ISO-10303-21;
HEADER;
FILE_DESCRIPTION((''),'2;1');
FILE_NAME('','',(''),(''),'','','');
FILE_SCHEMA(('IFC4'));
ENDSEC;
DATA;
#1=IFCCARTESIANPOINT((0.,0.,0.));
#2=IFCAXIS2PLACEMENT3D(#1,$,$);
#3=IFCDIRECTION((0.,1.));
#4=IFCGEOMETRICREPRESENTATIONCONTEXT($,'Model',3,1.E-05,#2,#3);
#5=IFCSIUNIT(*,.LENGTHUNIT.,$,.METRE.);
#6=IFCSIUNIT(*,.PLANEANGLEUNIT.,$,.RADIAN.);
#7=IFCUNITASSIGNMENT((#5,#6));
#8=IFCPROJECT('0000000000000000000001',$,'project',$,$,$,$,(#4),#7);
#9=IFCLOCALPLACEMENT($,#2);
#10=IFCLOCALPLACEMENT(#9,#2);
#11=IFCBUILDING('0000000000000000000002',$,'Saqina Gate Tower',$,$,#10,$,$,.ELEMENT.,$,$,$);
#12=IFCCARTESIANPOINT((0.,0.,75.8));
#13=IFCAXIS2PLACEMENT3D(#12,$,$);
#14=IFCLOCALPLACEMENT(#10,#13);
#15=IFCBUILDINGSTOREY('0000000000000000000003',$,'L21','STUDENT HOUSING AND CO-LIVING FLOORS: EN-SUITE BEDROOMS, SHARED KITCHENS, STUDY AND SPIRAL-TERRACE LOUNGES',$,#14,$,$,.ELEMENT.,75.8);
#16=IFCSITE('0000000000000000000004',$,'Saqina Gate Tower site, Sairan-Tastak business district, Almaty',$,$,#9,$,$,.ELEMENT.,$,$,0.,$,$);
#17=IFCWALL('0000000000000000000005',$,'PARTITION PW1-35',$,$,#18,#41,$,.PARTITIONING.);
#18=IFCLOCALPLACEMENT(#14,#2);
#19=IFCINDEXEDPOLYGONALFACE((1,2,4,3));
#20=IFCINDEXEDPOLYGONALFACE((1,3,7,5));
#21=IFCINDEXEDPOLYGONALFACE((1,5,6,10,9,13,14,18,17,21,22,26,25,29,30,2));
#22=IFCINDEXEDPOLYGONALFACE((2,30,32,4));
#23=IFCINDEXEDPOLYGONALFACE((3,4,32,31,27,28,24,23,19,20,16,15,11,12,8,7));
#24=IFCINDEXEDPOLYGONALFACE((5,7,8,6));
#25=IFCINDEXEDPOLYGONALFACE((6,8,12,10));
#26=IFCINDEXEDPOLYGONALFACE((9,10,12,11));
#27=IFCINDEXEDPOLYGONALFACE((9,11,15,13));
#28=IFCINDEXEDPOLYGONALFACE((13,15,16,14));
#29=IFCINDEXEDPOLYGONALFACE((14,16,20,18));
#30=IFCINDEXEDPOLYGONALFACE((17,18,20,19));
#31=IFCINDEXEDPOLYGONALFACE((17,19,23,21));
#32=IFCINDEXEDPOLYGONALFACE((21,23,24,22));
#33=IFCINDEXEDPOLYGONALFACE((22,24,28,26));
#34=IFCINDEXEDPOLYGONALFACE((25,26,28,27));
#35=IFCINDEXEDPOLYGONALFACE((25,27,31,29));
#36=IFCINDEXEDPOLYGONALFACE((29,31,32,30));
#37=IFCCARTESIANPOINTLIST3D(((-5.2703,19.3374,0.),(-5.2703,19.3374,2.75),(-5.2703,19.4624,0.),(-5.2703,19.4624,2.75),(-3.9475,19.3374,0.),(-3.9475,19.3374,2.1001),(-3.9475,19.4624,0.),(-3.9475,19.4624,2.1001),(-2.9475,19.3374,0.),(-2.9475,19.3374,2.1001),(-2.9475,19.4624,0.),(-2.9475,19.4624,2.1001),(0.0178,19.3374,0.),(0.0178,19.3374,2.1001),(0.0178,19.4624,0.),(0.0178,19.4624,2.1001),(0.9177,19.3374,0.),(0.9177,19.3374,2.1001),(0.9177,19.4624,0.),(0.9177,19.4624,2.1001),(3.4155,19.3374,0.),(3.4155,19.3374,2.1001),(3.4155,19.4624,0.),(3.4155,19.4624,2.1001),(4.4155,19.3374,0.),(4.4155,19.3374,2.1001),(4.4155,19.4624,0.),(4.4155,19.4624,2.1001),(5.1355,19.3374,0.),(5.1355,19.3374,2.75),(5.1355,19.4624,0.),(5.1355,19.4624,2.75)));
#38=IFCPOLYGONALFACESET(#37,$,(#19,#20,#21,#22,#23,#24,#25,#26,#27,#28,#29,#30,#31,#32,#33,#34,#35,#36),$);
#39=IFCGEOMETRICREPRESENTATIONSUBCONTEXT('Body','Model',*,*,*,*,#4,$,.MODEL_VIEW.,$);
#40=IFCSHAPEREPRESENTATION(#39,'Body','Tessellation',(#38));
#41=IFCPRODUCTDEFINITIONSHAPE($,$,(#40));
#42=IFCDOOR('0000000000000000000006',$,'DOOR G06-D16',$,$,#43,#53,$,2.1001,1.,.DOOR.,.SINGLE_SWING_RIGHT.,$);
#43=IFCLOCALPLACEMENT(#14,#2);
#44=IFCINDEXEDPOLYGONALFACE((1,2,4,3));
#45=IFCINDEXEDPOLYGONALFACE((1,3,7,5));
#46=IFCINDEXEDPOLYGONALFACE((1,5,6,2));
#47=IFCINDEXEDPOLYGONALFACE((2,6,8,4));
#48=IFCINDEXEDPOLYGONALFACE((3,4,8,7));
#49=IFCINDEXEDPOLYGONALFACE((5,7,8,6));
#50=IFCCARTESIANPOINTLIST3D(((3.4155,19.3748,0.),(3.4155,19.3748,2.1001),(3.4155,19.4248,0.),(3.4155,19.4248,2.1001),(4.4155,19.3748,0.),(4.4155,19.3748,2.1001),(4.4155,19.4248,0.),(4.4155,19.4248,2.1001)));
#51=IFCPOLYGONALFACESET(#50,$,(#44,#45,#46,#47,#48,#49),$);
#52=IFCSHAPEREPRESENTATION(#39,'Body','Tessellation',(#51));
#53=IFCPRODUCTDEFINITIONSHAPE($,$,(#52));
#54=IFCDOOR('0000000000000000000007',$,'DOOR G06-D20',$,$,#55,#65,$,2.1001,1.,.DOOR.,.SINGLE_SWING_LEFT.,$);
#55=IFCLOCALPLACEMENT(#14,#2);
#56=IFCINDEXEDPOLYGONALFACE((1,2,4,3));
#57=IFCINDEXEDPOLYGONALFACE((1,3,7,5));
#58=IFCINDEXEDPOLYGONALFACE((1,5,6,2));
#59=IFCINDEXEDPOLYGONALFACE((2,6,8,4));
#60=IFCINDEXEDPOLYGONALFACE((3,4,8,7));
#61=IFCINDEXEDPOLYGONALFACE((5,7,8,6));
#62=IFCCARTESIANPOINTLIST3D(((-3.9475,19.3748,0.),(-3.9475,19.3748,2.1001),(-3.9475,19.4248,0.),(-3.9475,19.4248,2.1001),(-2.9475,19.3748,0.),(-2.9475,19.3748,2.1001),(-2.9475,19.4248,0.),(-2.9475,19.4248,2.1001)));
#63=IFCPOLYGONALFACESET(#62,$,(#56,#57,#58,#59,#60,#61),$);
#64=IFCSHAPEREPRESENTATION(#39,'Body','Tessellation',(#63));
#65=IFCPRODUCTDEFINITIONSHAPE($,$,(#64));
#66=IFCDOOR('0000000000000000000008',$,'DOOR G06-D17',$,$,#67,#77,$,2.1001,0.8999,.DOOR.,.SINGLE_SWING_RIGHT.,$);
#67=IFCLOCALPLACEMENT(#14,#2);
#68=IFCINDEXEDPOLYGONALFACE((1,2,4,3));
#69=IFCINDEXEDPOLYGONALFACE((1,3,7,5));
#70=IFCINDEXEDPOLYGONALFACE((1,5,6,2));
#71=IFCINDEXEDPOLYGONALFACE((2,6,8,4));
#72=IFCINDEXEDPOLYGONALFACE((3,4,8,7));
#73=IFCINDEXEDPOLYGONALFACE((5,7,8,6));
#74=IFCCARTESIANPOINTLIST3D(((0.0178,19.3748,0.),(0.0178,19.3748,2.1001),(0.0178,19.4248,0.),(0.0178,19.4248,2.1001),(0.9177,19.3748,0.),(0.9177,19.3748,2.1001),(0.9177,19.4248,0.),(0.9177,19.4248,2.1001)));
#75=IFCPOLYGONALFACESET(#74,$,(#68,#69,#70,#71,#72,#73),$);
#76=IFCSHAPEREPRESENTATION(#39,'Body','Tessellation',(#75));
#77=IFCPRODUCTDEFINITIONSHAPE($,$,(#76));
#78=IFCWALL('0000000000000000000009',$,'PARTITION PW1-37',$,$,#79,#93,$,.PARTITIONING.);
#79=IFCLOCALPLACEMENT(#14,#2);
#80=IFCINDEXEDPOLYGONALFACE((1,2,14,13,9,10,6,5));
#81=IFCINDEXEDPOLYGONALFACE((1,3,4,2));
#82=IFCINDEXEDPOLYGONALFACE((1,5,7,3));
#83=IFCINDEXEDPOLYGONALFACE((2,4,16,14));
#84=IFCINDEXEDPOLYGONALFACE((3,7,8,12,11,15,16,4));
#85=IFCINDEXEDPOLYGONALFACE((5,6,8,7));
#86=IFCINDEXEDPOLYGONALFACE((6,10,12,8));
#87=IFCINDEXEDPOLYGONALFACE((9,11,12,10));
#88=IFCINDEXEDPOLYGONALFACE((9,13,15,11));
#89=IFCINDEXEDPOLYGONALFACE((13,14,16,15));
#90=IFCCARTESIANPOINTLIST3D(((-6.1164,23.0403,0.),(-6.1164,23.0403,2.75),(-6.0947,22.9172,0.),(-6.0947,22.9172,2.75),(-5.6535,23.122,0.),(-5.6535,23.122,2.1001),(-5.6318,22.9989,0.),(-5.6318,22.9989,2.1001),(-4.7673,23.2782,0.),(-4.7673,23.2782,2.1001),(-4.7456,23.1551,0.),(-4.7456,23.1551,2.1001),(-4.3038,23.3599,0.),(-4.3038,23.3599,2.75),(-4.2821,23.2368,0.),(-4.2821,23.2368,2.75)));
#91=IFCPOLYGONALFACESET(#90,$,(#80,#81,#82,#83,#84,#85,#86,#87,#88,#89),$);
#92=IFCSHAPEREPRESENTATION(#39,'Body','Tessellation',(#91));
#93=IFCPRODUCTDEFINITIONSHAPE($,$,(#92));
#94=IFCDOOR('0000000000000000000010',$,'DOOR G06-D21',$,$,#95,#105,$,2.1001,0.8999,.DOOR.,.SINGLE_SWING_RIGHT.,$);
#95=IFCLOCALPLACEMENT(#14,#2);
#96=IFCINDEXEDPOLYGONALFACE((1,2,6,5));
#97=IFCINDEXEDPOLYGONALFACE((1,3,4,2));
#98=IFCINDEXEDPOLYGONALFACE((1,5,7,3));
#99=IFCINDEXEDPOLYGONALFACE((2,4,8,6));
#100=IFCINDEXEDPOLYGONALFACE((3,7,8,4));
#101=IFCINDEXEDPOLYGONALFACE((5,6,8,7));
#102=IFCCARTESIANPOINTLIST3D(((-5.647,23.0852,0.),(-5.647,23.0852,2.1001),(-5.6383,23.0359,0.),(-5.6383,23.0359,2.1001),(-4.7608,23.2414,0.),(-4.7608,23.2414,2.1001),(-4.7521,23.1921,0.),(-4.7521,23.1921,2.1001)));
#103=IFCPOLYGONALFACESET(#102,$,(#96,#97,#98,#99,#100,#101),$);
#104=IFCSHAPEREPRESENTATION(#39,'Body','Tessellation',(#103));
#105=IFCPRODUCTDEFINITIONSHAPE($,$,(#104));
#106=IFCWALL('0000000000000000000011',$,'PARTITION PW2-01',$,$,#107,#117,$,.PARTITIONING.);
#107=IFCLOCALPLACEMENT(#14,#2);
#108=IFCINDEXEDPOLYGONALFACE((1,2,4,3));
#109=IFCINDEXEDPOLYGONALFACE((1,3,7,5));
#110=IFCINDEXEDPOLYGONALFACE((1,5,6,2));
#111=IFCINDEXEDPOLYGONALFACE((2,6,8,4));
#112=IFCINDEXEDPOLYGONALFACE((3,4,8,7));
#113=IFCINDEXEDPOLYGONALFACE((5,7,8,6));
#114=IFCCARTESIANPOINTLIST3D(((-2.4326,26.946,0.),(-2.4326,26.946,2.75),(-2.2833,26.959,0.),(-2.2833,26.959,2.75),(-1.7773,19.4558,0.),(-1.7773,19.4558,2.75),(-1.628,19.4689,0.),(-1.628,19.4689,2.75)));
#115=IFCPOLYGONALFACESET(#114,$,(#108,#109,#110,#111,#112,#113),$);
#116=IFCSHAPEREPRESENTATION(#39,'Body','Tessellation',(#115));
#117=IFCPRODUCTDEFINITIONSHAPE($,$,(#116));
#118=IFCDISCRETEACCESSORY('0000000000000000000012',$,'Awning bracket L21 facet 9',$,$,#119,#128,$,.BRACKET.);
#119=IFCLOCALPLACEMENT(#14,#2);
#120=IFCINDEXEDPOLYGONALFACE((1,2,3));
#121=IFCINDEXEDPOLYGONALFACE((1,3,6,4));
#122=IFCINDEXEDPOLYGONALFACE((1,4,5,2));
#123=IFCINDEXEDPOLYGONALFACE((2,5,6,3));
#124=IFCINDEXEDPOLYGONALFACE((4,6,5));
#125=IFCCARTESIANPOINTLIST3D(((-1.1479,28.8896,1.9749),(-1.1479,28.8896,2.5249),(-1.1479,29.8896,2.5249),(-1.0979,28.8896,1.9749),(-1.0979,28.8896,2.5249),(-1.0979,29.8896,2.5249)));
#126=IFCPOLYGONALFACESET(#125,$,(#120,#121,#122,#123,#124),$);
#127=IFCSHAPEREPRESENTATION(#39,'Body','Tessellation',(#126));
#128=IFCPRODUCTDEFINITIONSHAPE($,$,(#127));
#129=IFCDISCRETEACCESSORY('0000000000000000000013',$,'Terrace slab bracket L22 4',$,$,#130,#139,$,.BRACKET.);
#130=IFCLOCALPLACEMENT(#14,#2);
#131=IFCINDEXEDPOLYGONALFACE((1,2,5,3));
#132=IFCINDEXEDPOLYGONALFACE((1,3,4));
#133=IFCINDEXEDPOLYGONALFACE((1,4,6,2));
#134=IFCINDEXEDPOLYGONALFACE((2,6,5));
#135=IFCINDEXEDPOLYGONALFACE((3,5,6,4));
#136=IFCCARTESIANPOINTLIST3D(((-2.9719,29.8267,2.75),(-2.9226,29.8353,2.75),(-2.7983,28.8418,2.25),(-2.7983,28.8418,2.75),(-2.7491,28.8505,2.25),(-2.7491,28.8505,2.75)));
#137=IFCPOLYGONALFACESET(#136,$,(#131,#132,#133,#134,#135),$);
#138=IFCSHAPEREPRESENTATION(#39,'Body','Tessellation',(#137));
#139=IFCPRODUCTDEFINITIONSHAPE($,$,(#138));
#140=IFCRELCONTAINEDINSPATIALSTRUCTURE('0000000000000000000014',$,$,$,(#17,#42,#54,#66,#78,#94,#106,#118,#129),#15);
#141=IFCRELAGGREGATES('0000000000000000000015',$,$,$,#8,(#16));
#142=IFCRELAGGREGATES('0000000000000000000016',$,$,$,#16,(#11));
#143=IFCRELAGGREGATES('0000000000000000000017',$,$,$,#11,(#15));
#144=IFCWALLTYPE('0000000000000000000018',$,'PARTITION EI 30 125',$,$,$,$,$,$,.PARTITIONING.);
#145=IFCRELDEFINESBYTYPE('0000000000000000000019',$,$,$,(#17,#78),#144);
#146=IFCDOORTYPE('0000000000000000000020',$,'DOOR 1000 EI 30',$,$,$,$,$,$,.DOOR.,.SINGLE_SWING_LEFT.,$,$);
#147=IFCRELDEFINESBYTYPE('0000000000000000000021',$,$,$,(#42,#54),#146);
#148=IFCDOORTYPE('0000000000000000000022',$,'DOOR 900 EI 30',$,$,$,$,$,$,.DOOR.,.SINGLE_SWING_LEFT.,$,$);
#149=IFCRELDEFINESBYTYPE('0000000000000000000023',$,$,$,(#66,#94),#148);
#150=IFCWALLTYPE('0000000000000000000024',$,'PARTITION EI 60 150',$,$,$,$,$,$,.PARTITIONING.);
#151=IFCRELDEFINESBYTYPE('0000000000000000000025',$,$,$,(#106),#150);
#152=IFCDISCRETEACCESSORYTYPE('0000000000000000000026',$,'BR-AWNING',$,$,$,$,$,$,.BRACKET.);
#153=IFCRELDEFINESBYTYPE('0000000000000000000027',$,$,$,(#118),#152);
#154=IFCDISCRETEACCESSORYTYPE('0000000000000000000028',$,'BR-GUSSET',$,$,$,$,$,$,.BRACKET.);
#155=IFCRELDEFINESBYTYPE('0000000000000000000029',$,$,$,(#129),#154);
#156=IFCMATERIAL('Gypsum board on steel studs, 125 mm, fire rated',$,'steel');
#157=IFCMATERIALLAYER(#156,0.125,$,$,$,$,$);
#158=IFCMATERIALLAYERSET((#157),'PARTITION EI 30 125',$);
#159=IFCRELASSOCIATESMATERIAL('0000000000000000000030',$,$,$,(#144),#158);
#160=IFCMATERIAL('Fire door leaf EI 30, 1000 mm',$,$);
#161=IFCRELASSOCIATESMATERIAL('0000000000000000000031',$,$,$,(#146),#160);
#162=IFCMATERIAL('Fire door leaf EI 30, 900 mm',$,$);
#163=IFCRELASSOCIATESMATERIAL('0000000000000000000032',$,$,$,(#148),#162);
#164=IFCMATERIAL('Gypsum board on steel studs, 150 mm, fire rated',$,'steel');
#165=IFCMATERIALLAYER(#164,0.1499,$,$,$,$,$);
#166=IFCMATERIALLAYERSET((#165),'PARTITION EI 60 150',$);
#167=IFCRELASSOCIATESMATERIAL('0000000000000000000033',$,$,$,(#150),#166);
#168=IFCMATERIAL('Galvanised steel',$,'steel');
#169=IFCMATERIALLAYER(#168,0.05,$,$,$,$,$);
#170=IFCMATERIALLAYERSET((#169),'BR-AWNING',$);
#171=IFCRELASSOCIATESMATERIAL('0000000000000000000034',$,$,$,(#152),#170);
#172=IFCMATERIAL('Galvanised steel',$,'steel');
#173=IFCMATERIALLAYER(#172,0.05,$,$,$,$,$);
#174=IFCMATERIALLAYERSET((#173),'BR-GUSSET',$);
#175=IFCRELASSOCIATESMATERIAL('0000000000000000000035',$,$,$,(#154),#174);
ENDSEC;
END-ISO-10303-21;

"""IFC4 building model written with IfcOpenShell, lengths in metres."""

from ifc_helpers import new_model, si_unit, direction, frame, frame_2d, origin, place, context, subcontext, project, spatial, polyline, rectangle, outline, extrude, material, layer, layer_set, type_object, element, fill, save


model = new_model("IFC4")

# Units and contexts
model_context = context("Model", 3, precision=1e-05, world=origin(), true_north=direction((0.0, 1.0)))
body_context = subcontext(model_context, "Body", "Model", "MODEL_VIEW")
ifc_project = project(units=[si_unit("LENGTHUNIT", "METRE"), si_unit("PLANEANGLEUNIT", "RADIAN")], contexts=[model_context])

# Site, building, storey
site_placement = place(None, origin())
site = spatial("IfcSite", under=ifc_project, at=site_placement, Name="Saqina Gate Tower site, Sairan-Tastak business district, Almaty", CompositionType="ELEMENT", RefElevation=0.0)
building_placement = place(site_placement, origin())
building = spatial("IfcBuilding", under=site, at=building_placement, Name="Saqina Gate Tower", CompositionType="ELEMENT")
storey_placement = place(building_placement, frame((0.0, 0.0, 75.8)))
storey = spatial("IfcBuildingStorey", under=building, at=storey_placement, Name="L21", Description="STUDENT HOUSING AND CO-LIVING FLOORS: EN-SUITE BEDROOMS, SHARED KITCHENS, STUDY AND SPIRAL-TERRACE LOUNGES", CompositionType="ELEMENT", Elevation=75.8)

# Shared definitions
ifc_material_1 = material(Name="Gypsum board on steel studs, 125 mm, fire rated", Category="steel")
ifc_layer_1 = layer(ifc_material_1, 0.125)
ifc_layer_set_1 = layer_set([ifc_layer_1], Name="PARTITION EI 30 125")
wall_type_1 = type_object("IfcWallType", Name="PARTITION EI 30 125", PredefinedType="PARTITIONING", material=ifc_layer_set_1)

# Wall, openings, doors
wall_1_placement = place(storey_placement, frame((-5.2703, 19.3999, 0.0), z_axis=(0.0, 0.0, 1.0), x_axis=(1.0, 0.0, 0.0)))
wall_1 = element("IfcWall", 1, at=wall_1_placement, inside=storey, type_object=wall_type_1, Name="PARTITION PW1-35", PredefinedType="PARTITIONING", context=body_context, shape_type="SweptSolid", body=[
    extrude(rectangle(XDim=10.4058, YDim=0.125, at=frame_2d((5.2029, 0.0))), origin(), (0.0, 0.0, 1.0), 2.75),
])
opening_1_placement = place(wall_1_placement, frame((8.6858, 0.0, 0.0)))
opening_1 = element("IfcOpeningElement", 2, at=opening_1_placement, cuts=wall_1, PredefinedType="OPENING", context=body_context, shape_type="SweptSolid", body=[
    extrude(rectangle(XDim=1.0, YDim=2.1001, at=frame_2d((0.5, 1.05))), frame((0.0, 0.0745, 0.0), z_axis=(0.0, -1.0, 0.0), x_axis=(1.0, 0.0, 0.0)), (0.0, 0.0, 1.0), 0.1489),
])
opening_2_placement = place(wall_1_placement, frame((5.2881, 0.0, 0.0)))
opening_2 = element("IfcOpeningElement", 3, at=opening_2_placement, cuts=wall_1, PredefinedType="OPENING", context=body_context, shape_type="SweptSolid", body=[
    extrude(rectangle(XDim=0.8999, YDim=2.1001, at=frame_2d((0.45, 1.05))), frame((0.0, 0.0745, 0.0), z_axis=(0.0, -1.0, 0.0), x_axis=(1.0, 0.0, 0.0)), (0.0, 0.0, 1.0), 0.1489),
])
opening_3_placement = place(wall_1_placement, frame((1.3228, 0.0, 0.0)))
opening_3 = element("IfcOpeningElement", 4, at=opening_3_placement, cuts=wall_1, PredefinedType="OPENING", context=body_context, shape_type="SweptSolid", body=[
    extrude(rectangle(XDim=1.0, YDim=2.1001, at=frame_2d((0.5, 1.05))), frame((0.0, 0.0745, 0.0), z_axis=(0.0, -1.0, 0.0), x_axis=(1.0, 0.0, 0.0)), (0.0, 0.0, 1.0), 0.1489),
])
ifc_material_2 = material(Name="Fire door leaf EI 30, 1000 mm")
door_type_1 = type_object("IfcDoorType", Name="DOOR 1000 EI 30", OperationType="SINGLE_SWING_LEFT", PredefinedType="DOOR", material=ifc_material_2)
door_1_placement = place(opening_1_placement, origin())
door_1 = element("IfcDoor", 5, at=door_1_placement, inside=storey, type_object=door_type_1, Name="DOOR G06-D16", OperationType="SINGLE_SWING_RIGHT", OverallHeight=2.1001, OverallWidth=1.0, PredefinedType="DOOR", context=body_context, shape_type="SweptSolid", body=[
    extrude(rectangle(XDim=1.0, YDim=2.1001, at=frame_2d((0.5, 1.05))), frame((0.0, 0.0249, 0.0), z_axis=(0.0, -1.0, 0.0), x_axis=(1.0, 0.0, 0.0)), (0.0, 0.0, 1.0), 0.05),
])
fill(opening_1, door_1)
door_2_placement = place(opening_3_placement, origin())
door_2 = element("IfcDoor", 6, at=door_2_placement, inside=storey, type_object=door_type_1, Name="DOOR G06-D20", OperationType="SINGLE_SWING_LEFT", OverallHeight=2.1001, OverallWidth=1.0, PredefinedType="DOOR", context=body_context, shape_type="SweptSolid", body=[
    extrude(rectangle(XDim=1.0, YDim=2.1001, at=frame_2d((0.5, 1.05))), frame((0.0, 0.0249, 0.0), z_axis=(0.0, -1.0, 0.0), x_axis=(1.0, 0.0, 0.0)), (0.0, 0.0, 1.0), 0.05),
])
fill(opening_3, door_2)
ifc_material_3 = material(Name="Fire door leaf EI 30, 900 mm")
door_type_2 = type_object("IfcDoorType", Name="DOOR 900 EI 30", OperationType="SINGLE_SWING_LEFT", PredefinedType="DOOR", material=ifc_material_3)
door_3_placement = place(opening_2_placement, origin())
door_3 = element("IfcDoor", 7, at=door_3_placement, inside=storey, type_object=door_type_2, Name="DOOR G06-D17", OperationType="SINGLE_SWING_RIGHT", OverallHeight=2.1001, OverallWidth=0.8999, PredefinedType="DOOR", context=body_context, shape_type="SweptSolid", body=[
    extrude(rectangle(XDim=0.8999, YDim=2.1001, at=frame_2d((0.45, 1.05))), frame((0.0, 0.0249, 0.0), z_axis=(0.0, -1.0, 0.0), x_axis=(1.0, 0.0, 0.0)), (0.0, 0.0, 1.0), 0.05),
])
fill(opening_2, door_3)

# Wall, opening, door
wall_2_placement = place(storey_placement, frame((-6.1057, 22.9788, 0.0), z_axis=(0.0, 0.0, 1.0), x_axis=(0.984809, 0.173642, 0.0)))
wall_2 = element("IfcWall", 8, at=wall_2_placement, inside=storey, type_object=wall_type_1, Name="PARTITION PW1-37", PredefinedType="PARTITIONING", context=body_context, shape_type="SweptSolid", body=[
    extrude(rectangle(XDim=1.8406, YDim=0.125, at=frame_2d((0.9204, 0.0))), origin(), (0.0, 0.0, 1.0), 2.75),
])
opening_4_placement = place(wall_2_placement, frame((0.4702, 0.0, 0.0)))
opening_4 = element("IfcOpeningElement", 9, at=opening_4_placement, cuts=wall_2, PredefinedType="OPENING", context=body_context, shape_type="SweptSolid", body=[
    extrude(rectangle(XDim=0.8999, YDim=2.1001, at=frame_2d((0.45, 1.05))), frame((0.0, 0.0745, 0.0), z_axis=(0.0, -1.0, 0.0), x_axis=(1.0, 0.0, 0.0)), (0.0, 0.0, 1.0), 0.1489),
])
door_4_placement = place(opening_4_placement, frame((0.8999, 0.0, 0.0), z_axis=(0.0, 0.0, 1.0), x_axis=(-1.0, 0.0, 0.0)))
door_4 = element("IfcDoor", 10, at=door_4_placement, inside=storey, type_object=door_type_2, Name="DOOR G06-D21", OperationType="SINGLE_SWING_RIGHT", OverallHeight=2.1001, OverallWidth=0.8999, PredefinedType="DOOR", context=body_context, shape_type="SweptSolid", body=[
    extrude(rectangle(XDim=0.8999, YDim=2.1001, at=frame_2d((0.45, 1.05))), frame((0.0, 0.0249, 0.0), z_axis=(0.0, -1.0, 0.0), x_axis=(1.0, 0.0, 0.0)), (0.0, 0.0, 1.0), 0.05),
])
fill(opening_4, door_4)

# Wall
ifc_material_4 = material(Name="Gypsum board on steel studs, 150 mm, fire rated", Category="steel")
ifc_layer_2 = layer(ifc_material_4, 0.1499)
ifc_layer_set_2 = layer_set([ifc_layer_2], Name="PARTITION EI 60 150")
wall_type_2 = type_object("IfcWallType", Name="PARTITION EI 60 150", PredefinedType="PARTITIONING", material=ifc_layer_set_2)
wall_3_placement = place(storey_placement, frame((-2.3579, 26.9524, 0.0), z_axis=(0.0, 0.0, 1.0), x_axis=(0.087151, -0.996195, 0.0)))
element("IfcWall", 11, at=wall_3_placement, inside=storey, type_object=wall_type_2, Name="PARTITION PW2-01", PredefinedType="PARTITIONING", context=body_context, shape_type="SweptSolid", body=[
    extrude(rectangle(XDim=7.5188, YDim=0.1499, at=frame_2d((3.7593, 0.0))), origin(), (0.0, 0.0, 1.0), 2.75),
])

# Discrete accessories
ifc_material_5 = material(Name="Galvanised steel", Category="steel")
ifc_layer_3 = layer(ifc_material_5, 0.05)
ifc_layer_set_3 = layer_set([ifc_layer_3], Name="BR-AWNING")
discrete_accessory_type_1 = type_object("IfcDiscreteAccessoryType", Name="BR-AWNING", PredefinedType="BRACKET", material=ifc_layer_set_3)
discrete_accessory_1_placement = place(storey_placement, frame((-1.1479, 28.8896, 1.9749), z_axis=(-1.0, 0.0, 0.0), x_axis=(0.0, 0.0, 1.0)))
element("IfcDiscreteAccessory", 12, at=discrete_accessory_1_placement, inside=storey, type_object=discrete_accessory_type_1, Name="Awning bracket L21 facet 9", PredefinedType="BRACKET", context=body_context, shape_type="SweptSolid", body=[
    extrude(outline(polyline([(0.0, 0.0), (0.55, 0.0), (0.55, 1.0), (0.0, 0.0)])), origin(), (0.0, 0.0, -1.0), 0.05),
])
ifc_material_6 = material(Name="Galvanised steel", Category="steel")
ifc_layer_4 = layer(ifc_material_6, 0.05)
ifc_layer_set_4 = layer_set([ifc_layer_4], Name="BR-GUSSET")
discrete_accessory_type_2 = type_object("IfcDiscreteAccessoryType", Name="BR-GUSSET", PredefinedType="BRACKET", material=ifc_layer_set_4)
discrete_accessory_2_placement = place(storey_placement, frame((-2.7983, 28.8418, 2.25), z_axis=(-0.98482, -0.173576, 0.0), x_axis=(0.0, 0.0, 1.0)))
element("IfcDiscreteAccessory", 13, at=discrete_accessory_2_placement, inside=storey, type_object=discrete_accessory_type_2, Name="Terrace slab bracket L22 4", PredefinedType="BRACKET", context=body_context, shape_type="SweptSolid", body=[
    extrude(outline(polyline([(0.0, 0.0), (0.5, 0.0), (0.5, 1.0), (0.0, 0.0)])), origin(), (0.0, 0.0, -1.0), 0.05),
])

save(model, "model.ifc")
